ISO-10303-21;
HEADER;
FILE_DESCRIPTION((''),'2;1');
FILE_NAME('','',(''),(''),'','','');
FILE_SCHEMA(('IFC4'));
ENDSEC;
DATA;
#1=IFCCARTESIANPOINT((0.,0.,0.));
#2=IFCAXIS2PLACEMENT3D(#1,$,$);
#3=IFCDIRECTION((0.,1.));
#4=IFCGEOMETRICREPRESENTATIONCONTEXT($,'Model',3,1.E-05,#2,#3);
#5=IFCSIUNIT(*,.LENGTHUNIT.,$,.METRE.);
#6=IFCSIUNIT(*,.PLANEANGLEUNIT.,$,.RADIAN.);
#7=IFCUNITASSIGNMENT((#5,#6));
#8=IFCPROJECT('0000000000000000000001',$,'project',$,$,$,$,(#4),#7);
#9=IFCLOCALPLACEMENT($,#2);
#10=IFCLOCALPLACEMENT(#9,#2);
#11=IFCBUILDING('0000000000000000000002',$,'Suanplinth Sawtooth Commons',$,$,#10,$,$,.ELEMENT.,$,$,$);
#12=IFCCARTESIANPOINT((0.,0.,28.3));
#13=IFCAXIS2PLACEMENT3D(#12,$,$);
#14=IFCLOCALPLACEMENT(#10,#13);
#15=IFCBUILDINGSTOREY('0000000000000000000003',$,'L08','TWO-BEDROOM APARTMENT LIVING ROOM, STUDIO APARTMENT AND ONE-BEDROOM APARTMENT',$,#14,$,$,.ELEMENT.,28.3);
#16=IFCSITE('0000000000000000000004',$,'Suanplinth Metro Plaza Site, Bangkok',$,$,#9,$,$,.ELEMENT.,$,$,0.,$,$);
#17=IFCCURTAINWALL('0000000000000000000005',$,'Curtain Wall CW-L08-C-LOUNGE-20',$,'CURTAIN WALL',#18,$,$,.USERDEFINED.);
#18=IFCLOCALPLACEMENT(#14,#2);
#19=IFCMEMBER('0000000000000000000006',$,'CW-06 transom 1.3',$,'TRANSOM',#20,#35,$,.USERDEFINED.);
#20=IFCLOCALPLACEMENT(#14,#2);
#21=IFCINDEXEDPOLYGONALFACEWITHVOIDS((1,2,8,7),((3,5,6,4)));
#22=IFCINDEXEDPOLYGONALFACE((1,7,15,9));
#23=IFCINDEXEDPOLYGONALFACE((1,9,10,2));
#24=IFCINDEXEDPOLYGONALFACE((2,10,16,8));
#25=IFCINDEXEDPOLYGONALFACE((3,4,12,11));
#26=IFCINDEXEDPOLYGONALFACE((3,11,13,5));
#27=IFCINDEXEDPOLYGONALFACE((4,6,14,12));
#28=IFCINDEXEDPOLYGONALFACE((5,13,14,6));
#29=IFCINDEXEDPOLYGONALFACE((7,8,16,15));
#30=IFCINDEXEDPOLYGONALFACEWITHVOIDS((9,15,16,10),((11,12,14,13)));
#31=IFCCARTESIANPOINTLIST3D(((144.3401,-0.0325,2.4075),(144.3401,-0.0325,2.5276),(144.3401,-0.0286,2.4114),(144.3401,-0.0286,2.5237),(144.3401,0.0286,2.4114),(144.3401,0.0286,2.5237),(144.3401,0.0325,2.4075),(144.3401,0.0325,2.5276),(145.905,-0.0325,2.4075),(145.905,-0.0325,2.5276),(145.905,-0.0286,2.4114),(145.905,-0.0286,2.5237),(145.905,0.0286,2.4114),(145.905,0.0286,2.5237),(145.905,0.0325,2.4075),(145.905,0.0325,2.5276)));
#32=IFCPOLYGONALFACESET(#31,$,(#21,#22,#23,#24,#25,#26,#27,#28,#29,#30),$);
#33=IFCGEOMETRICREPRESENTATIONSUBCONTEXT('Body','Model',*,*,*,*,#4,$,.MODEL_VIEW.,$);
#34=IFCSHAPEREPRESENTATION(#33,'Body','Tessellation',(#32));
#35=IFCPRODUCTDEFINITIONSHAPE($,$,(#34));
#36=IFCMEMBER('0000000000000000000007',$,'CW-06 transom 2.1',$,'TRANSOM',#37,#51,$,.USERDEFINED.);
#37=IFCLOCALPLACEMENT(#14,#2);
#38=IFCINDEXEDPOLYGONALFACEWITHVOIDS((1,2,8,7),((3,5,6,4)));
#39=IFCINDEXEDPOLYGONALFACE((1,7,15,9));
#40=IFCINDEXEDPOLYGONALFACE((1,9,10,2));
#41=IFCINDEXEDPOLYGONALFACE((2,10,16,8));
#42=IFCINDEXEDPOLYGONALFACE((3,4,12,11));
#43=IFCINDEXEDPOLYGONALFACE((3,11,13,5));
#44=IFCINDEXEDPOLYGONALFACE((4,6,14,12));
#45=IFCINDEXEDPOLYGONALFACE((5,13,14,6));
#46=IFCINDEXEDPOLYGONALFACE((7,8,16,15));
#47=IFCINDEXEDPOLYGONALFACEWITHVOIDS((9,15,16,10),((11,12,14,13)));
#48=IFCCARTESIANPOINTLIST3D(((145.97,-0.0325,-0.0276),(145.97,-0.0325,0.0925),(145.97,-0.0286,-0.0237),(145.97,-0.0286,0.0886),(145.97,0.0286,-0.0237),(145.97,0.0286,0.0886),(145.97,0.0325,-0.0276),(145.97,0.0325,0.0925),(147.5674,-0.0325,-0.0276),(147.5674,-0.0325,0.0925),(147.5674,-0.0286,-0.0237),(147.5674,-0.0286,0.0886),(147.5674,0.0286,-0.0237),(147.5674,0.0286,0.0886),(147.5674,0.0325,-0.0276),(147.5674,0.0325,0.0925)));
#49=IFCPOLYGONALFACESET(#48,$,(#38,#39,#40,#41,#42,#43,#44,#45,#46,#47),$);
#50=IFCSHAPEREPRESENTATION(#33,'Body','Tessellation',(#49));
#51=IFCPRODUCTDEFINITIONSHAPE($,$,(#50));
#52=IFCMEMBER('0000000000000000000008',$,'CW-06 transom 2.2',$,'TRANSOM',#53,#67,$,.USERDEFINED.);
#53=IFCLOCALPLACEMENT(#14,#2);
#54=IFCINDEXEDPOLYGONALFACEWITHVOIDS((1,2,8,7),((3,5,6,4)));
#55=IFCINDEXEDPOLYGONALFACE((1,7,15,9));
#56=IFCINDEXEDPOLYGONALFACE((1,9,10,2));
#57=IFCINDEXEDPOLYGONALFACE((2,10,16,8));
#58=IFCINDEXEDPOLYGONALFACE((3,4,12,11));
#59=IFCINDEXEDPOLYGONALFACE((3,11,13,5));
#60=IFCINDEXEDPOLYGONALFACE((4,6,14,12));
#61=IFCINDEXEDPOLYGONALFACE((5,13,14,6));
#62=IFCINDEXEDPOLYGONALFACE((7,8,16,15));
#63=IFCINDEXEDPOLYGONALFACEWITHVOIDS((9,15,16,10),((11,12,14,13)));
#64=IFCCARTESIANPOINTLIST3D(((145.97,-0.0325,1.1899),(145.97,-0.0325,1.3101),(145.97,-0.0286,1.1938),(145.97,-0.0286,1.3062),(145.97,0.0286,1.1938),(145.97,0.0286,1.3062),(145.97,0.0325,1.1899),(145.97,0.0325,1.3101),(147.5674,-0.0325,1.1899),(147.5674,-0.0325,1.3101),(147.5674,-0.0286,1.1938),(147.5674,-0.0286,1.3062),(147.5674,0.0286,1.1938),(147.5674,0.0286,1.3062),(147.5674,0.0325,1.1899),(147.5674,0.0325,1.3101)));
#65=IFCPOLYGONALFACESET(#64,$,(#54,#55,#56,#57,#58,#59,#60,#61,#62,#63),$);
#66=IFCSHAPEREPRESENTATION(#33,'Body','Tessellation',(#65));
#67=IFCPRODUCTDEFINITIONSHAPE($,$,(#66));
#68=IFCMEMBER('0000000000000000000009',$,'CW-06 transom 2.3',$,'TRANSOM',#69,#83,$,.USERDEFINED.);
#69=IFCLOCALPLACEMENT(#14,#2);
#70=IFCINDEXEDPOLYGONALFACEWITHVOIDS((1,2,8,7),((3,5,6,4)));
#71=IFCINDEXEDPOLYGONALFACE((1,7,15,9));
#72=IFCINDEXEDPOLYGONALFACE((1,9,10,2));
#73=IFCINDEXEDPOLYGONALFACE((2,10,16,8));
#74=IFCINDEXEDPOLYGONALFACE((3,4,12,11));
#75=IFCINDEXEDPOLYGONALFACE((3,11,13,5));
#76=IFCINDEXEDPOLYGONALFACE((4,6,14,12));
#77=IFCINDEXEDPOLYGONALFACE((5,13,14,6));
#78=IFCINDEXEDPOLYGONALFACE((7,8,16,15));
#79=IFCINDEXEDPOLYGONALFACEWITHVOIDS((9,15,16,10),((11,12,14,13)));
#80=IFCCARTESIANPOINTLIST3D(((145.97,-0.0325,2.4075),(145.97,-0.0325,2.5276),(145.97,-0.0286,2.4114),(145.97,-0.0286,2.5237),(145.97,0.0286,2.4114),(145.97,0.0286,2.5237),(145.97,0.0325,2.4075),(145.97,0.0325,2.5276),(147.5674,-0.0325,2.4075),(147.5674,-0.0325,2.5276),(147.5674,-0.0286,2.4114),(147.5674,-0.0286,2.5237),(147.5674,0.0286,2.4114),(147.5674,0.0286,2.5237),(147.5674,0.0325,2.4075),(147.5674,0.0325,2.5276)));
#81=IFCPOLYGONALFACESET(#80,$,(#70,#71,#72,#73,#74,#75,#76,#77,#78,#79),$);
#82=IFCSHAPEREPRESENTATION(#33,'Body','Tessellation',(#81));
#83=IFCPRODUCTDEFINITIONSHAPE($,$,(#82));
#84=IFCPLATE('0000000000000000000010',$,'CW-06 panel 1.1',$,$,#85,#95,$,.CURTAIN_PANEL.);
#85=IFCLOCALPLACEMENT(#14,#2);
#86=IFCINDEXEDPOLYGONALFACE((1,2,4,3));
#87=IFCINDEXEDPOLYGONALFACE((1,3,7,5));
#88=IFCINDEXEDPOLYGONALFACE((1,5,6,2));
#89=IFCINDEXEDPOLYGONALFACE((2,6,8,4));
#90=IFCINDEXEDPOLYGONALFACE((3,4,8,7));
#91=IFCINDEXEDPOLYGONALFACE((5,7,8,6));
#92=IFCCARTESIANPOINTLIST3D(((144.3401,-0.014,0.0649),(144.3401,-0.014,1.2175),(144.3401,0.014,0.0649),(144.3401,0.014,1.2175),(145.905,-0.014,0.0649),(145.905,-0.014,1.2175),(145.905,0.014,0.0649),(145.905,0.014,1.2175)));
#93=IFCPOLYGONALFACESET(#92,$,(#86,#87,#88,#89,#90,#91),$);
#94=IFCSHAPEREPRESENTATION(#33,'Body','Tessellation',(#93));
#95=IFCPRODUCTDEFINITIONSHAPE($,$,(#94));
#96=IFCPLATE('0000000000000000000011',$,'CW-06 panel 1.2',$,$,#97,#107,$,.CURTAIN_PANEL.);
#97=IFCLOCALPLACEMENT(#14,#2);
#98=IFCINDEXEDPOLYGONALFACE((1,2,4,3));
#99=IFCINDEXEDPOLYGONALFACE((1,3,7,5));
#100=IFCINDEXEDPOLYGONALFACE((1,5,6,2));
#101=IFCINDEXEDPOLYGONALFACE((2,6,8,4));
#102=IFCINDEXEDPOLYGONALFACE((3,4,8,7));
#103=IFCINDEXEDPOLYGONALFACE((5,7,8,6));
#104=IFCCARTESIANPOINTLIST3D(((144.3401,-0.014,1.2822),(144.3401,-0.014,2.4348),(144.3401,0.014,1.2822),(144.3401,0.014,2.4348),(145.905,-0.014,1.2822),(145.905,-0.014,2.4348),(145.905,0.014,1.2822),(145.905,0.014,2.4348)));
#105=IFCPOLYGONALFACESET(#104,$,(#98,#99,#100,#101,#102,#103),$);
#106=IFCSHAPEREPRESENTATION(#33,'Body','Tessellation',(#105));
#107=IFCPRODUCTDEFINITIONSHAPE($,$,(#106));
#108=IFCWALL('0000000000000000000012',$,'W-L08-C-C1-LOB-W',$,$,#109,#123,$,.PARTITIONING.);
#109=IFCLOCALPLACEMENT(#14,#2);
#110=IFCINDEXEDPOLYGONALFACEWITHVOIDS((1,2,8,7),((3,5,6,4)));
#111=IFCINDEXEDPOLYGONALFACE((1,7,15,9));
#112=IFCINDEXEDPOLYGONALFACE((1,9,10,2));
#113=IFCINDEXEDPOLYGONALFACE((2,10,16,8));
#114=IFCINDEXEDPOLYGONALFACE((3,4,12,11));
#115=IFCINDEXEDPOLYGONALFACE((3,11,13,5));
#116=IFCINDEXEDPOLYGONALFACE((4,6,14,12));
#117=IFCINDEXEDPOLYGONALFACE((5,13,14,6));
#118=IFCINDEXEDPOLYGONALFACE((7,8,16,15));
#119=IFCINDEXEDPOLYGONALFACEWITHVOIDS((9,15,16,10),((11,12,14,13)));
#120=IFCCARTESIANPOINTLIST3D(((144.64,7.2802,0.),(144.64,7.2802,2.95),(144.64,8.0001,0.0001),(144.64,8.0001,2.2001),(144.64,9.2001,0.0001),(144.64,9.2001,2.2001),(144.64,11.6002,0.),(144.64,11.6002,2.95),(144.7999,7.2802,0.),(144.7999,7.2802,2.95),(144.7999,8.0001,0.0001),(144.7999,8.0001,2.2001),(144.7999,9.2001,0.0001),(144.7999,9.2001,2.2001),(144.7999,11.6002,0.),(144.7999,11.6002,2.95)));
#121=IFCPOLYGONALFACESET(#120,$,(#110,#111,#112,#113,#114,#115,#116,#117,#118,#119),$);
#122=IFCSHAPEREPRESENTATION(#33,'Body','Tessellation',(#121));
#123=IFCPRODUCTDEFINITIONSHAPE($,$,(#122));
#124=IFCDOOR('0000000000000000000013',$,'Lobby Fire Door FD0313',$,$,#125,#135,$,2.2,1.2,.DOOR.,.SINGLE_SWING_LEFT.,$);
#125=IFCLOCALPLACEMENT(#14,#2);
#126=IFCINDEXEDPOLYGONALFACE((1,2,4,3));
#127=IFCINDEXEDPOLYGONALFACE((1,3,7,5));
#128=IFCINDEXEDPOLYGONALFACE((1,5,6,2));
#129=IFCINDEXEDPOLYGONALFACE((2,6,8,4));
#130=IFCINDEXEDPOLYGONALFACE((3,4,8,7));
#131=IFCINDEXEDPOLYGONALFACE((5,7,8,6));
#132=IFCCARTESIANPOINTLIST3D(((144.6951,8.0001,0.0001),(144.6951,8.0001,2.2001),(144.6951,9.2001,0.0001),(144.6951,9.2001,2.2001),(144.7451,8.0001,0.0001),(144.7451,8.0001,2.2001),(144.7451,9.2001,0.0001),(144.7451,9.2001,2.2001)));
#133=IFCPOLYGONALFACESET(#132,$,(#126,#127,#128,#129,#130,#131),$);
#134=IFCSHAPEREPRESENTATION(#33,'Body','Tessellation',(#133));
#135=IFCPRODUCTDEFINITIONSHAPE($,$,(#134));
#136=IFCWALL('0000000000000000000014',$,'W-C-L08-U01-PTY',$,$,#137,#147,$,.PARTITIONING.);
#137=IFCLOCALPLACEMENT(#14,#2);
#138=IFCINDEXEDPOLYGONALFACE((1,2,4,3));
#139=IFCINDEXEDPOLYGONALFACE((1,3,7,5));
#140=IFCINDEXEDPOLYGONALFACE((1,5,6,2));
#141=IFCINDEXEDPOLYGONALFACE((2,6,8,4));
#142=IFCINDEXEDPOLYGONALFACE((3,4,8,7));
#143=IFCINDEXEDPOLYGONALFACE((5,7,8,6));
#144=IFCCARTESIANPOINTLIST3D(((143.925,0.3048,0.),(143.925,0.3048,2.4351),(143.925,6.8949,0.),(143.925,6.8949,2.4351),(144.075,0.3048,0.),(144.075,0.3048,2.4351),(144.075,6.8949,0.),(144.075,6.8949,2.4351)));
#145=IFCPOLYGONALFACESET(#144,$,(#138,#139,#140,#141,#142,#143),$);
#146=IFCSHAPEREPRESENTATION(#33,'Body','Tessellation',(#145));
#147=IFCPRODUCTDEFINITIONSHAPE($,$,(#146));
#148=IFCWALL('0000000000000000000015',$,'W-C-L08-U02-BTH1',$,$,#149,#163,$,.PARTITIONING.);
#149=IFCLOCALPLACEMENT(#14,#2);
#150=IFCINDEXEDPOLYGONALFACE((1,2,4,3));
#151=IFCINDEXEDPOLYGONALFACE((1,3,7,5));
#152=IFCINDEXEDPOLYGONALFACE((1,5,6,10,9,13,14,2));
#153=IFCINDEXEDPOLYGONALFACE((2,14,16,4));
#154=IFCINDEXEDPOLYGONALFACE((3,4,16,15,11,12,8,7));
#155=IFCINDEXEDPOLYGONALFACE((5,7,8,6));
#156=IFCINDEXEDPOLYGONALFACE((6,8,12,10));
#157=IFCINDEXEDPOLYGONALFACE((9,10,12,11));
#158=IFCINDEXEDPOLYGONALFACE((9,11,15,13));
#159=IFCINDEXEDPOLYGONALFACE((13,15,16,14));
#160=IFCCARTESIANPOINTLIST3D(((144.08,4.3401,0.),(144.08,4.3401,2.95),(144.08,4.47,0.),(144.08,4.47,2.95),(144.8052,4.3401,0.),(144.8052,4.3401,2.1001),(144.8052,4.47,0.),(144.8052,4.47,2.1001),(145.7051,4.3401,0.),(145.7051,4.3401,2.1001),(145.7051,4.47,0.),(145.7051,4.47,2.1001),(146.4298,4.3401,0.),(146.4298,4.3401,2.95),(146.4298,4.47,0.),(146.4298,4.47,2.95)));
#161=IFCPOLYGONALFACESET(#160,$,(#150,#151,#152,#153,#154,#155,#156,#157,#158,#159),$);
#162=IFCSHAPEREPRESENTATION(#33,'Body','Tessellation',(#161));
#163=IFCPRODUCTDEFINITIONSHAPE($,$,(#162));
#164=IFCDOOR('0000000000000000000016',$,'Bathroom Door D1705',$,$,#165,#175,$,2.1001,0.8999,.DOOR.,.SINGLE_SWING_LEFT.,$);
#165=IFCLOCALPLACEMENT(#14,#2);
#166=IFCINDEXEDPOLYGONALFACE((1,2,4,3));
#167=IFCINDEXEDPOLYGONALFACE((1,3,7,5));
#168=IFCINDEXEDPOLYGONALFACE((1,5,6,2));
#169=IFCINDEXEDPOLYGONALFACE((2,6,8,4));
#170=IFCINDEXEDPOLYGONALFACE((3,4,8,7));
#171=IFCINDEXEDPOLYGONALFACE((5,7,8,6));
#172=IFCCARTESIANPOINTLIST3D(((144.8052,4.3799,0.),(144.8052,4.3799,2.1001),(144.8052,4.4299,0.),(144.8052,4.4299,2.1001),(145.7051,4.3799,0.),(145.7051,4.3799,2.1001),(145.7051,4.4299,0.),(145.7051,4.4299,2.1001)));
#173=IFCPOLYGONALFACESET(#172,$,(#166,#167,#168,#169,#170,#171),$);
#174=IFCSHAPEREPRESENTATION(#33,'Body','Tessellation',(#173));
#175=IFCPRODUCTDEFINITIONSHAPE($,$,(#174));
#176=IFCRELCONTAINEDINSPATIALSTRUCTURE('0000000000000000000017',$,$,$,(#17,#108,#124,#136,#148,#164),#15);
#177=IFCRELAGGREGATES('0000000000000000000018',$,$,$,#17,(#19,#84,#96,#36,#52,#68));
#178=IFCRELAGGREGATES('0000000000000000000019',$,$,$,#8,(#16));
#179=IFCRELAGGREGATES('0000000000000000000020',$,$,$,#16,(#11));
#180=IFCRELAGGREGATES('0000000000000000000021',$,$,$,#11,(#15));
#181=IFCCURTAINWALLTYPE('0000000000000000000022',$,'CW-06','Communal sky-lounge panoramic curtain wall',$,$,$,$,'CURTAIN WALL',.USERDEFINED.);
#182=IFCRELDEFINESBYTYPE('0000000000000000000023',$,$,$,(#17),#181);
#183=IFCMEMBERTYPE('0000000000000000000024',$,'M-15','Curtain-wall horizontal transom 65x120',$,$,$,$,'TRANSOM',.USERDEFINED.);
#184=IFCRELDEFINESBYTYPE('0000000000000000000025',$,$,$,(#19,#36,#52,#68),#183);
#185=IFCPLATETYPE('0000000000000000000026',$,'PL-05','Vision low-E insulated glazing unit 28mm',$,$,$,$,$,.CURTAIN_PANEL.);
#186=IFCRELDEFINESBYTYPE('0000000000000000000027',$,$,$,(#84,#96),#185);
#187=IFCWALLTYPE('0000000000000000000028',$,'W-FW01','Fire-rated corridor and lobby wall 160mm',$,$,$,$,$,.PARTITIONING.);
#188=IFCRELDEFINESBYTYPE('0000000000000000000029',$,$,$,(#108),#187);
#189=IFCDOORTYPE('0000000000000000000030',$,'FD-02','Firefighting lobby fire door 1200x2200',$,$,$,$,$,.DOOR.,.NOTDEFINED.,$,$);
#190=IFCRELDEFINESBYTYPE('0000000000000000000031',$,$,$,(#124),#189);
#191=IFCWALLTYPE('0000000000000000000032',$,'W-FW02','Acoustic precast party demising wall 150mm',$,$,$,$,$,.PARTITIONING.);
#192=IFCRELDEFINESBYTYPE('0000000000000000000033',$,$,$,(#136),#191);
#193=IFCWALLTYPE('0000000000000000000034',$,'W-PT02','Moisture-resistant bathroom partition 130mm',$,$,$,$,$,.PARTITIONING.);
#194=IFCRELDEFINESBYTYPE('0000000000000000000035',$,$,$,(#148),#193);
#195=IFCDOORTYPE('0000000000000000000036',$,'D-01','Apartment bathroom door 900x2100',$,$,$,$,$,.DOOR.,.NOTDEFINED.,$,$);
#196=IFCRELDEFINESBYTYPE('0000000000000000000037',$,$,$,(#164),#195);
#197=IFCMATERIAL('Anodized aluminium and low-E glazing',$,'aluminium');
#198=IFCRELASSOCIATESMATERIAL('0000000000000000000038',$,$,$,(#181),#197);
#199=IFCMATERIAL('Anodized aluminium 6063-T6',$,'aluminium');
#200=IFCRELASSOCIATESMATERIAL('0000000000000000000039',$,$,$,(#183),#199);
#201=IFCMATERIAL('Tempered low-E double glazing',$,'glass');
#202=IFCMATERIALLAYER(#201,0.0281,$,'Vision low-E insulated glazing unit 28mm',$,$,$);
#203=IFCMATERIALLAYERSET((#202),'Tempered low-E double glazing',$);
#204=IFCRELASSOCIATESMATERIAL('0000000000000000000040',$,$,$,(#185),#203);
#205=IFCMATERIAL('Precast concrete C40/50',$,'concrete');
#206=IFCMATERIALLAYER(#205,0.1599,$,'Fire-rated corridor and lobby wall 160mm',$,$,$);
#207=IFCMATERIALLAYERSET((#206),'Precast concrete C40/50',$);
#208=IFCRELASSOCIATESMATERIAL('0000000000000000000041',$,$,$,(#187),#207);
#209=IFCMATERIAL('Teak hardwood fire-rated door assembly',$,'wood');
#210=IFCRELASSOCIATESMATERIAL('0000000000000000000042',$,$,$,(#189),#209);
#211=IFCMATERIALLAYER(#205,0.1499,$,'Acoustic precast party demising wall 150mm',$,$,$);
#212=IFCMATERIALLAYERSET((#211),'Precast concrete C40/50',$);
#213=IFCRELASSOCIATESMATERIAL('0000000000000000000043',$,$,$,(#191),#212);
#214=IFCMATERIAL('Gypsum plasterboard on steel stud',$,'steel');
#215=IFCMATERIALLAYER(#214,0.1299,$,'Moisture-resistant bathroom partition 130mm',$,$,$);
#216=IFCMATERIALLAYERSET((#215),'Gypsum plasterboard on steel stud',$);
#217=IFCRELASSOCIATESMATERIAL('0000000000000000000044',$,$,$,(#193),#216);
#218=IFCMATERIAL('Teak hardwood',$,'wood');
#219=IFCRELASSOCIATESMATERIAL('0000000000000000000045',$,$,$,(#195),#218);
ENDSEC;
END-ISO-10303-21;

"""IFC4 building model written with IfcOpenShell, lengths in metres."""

from ifc_helpers import new_model, si_unit, direction, frame, frame_2d, origin, origin_2d, place, context, subcontext, project, spatial, rectangle, hollow_rectangle, extrude, material, layer, layer_set, material_profile, profile_set, type_object, element, fill, aggregate, save


model = new_model("IFC4")

# Units and contexts
model_context = context("Model", 3, precision=1e-05, world=origin(), true_north=direction((0.0, 1.0)))
body_context = subcontext(model_context, "Body", "Model", "MODEL_VIEW")
ifc_project = project(units=[si_unit("LENGTHUNIT", "METRE"), si_unit("PLANEANGLEUNIT", "RADIAN")], contexts=[model_context])

# Site, building, storey
site_placement = place(None, origin())
site = spatial("IfcSite", under=ifc_project, at=site_placement, Name="Suanplinth Metro Plaza Site, Bangkok", CompositionType="ELEMENT", RefElevation=0.0)
building_placement = place(site_placement, origin())
building = spatial("IfcBuilding", under=site, at=building_placement, Name="Suanplinth Sawtooth Commons", CompositionType="ELEMENT")
storey_placement = place(building_placement, frame((0.0, 0.0, 28.3)))
storey = spatial("IfcBuildingStorey", under=building, at=storey_placement, Name="L08", Description="TWO-BEDROOM APARTMENT LIVING ROOM, STUDIO APARTMENT AND ONE-BEDROOM APARTMENT", CompositionType="ELEMENT", Elevation=28.3)

# Shared definitions
ifc_material_1 = material(Name="Precast concrete C40/50", Category="concrete")

# Curtain wall, members, plates
ifc_material_2 = material(Name="Anodized aluminium and low-E glazing", Category="aluminium")
curtain_wall_type = type_object("IfcCurtainWallType", Name="CW-06", Description="Communal sky-lounge panoramic curtain wall", ElementType="CURTAIN WALL", PredefinedType="USERDEFINED", material=ifc_material_2)
curtain_wall_placement = place(storey_placement, origin())
curtain_wall = element("IfcCurtainWall", 1, at=curtain_wall_placement, inside=storey, type_object=curtain_wall_type, Name="Curtain Wall CW-L08-C-LOUNGE-20", ObjectType="CURTAIN WALL", PredefinedType="USERDEFINED")
ifc_material_3 = material(Name="Anodized aluminium 6063-T6", Category="aluminium")
ifc_material_profile_1 = material_profile(ifc_material_3, hollow_rectangle(XDim=0.0649, YDim=0.1201, WallThickness=0.0039, at=origin_2d()), Name="ALU-TRN 65x120")
ifc_profile_set_1 = profile_set([ifc_material_profile_1], Name="Anodized aluminium 6063-T6")
member_type_1 = type_object("IfcMemberType", Name="M-15", Description="Curtain-wall horizontal transom 65x120", ElementType="TRANSOM", PredefinedType="USERDEFINED", material=ifc_profile_set_1)
member_1_placement = place(storey_placement, frame((144.3401, 0.0, 2.4675), z_axis=(1.0, 0.0, 0.0), x_axis=(0.0, 1.0, 0.0)))
member_1 = element("IfcMember", 2, at=member_1_placement, type_object=member_type_1, Name="CW-06 transom 1.3", ObjectType="TRANSOM", PredefinedType="USERDEFINED", context=body_context, shape_type="SweptSolid", body=[
    extrude(hollow_rectangle(XDim=0.0649, YDim=0.1201, WallThickness=0.0039, at=origin_2d()), origin(), (0.0, 0.0, 1.0), 1.5649),
])
member_2_placement = place(storey_placement, frame((145.97, 0.0, 0.0325), z_axis=(1.0, 0.0, 0.0), x_axis=(0.0, 1.0, 0.0)))
member_2 = element("IfcMember", 3, at=member_2_placement, type_object=member_type_1, Name="CW-06 transom 2.1", ObjectType="TRANSOM", PredefinedType="USERDEFINED", context=body_context, shape_type="SweptSolid", body=[
    extrude(hollow_rectangle(XDim=0.0649, YDim=0.1201, WallThickness=0.0039, at=origin_2d()), origin(), (0.0, 0.0, 1.0), 1.5974),
])
member_3_placement = place(storey_placement, frame((145.97, 0.0, 1.25), z_axis=(1.0, 0.0, 0.0), x_axis=(0.0, 1.0, 0.0)))
member_3 = element("IfcMember", 4, at=member_3_placement, type_object=member_type_1, Name="CW-06 transom 2.2", ObjectType="TRANSOM", PredefinedType="USERDEFINED", context=body_context, shape_type="SweptSolid", body=[
    extrude(hollow_rectangle(XDim=0.0649, YDim=0.1201, WallThickness=0.0039, at=origin_2d()), origin(), (0.0, 0.0, 1.0), 1.5974),
])
member_4_placement = place(storey_placement, frame((145.97, 0.0, 2.4675), z_axis=(1.0, 0.0, 0.0), x_axis=(0.0, 1.0, 0.0)))
member_4 = element("IfcMember", 5, at=member_4_placement, type_object=member_type_1, Name="CW-06 transom 2.3", ObjectType="TRANSOM", PredefinedType="USERDEFINED", context=body_context, shape_type="SweptSolid", body=[
    extrude(hollow_rectangle(XDim=0.0649, YDim=0.1201, WallThickness=0.0039, at=origin_2d()), origin(), (0.0, 0.0, 1.0), 1.5974),
])
ifc_material_4 = material(Name="Tempered low-E double glazing", Category="glass")
ifc_layer_1 = layer(ifc_material_4, 0.0281, Name="Vision low-E insulated glazing unit 28mm")
ifc_layer_set_1 = layer_set([ifc_layer_1], Name="Tempered low-E double glazing")
plate_type = type_object("IfcPlateType", Name="PL-05", Description="Vision low-E insulated glazing unit 28mm", PredefinedType="CURTAIN_PANEL", material=ifc_layer_set_1)
plate_1_placement = place(storey_placement, frame((145.1226, 0.0, 0.0649), z_axis=(0.0, 0.0, 1.0), x_axis=(1.0, 0.0, 0.0)))
plate_1 = element("IfcPlate", 6, at=plate_1_placement, type_object=plate_type, Name="CW-06 panel 1.1", PredefinedType="CURTAIN_PANEL", context=body_context, shape_type="SweptSolid", body=[
    extrude(rectangle(XDim=1.5649, YDim=0.0281, at=origin_2d()), origin(), (0.0, 0.0, 1.0), 1.1526),
])
plate_2_placement = place(storey_placement, frame((145.1226, 0.0, 1.2822), z_axis=(0.0, 0.0, 1.0), x_axis=(1.0, 0.0, 0.0)))
plate_2 = element("IfcPlate", 7, at=plate_2_placement, type_object=plate_type, Name="CW-06 panel 1.2", PredefinedType="CURTAIN_PANEL", context=body_context, shape_type="SweptSolid", body=[
    extrude(rectangle(XDim=1.5649, YDim=0.0281, at=origin_2d()), origin(), (0.0, 0.0, 1.0), 1.1526),
])
aggregate(curtain_wall, [member_1, plate_1, plate_2, member_2, member_3, member_4])

# Wall, opening, door
ifc_layer_2 = layer(ifc_material_1, 0.1599, Name="Fire-rated corridor and lobby wall 160mm")
ifc_layer_set_2 = layer_set([ifc_layer_2], Name="Precast concrete C40/50")
wall_type_1 = type_object("IfcWallType", Name="W-FW01", Description="Fire-rated corridor and lobby wall 160mm", PredefinedType="PARTITIONING", material=ifc_layer_set_2)
wall_1_placement = place(storey_placement, frame((144.72, 7.28, 0.0), z_axis=(0.0, 0.0, 1.0), x_axis=(0.0, 1.0, 0.0)))
wall_1 = element("IfcWall", 8, at=wall_1_placement, inside=storey, type_object=wall_type_1, Name="W-L08-C-C1-LOB-W", PredefinedType="PARTITIONING", context=body_context, shape_type="SweptSolid", body=[
    extrude(rectangle(XDim=4.3201, YDim=0.1599, at=frame_2d((2.1602, 0.0))), origin(), (0.0, 0.0, 1.0), 2.95),
])
opening_1_placement = place(wall_1_placement, frame((0.72, 0.0, 0.0)))
opening_1 = element("IfcOpeningElement", 9, at=opening_1_placement, cuts=wall_1, PredefinedType="OPENING", context=body_context, shape_type="SweptSolid", body=[
    extrude(rectangle(XDim=1.2, YDim=2.2, at=frame_2d((0.6001, 1.1001))), frame((0.0, 0.0947, 0.0), z_axis=(0.0, -1.0, 0.0), x_axis=(1.0, 0.0, 0.0)), (0.0, 0.0, 1.0), 0.1897),
])
ifc_material_5 = material(Name="Teak hardwood fire-rated door assembly", Category="wood")
door_type_1 = type_object("IfcDoorType", Name="FD-02", Description="Firefighting lobby fire door 1200x2200", OperationType="NOTDEFINED", PredefinedType="DOOR", material=ifc_material_5)
door_1_placement = place(opening_1_placement, origin())
door_1 = element("IfcDoor", 10, at=door_1_placement, inside=storey, type_object=door_type_1, Name="Lobby Fire Door FD0313", OperationType="SINGLE_SWING_LEFT", OverallHeight=2.2, OverallWidth=1.2, PredefinedType="DOOR", context=body_context, shape_type="SweptSolid", body=[
    extrude(rectangle(XDim=1.2, YDim=2.2, at=frame_2d((0.6001, 1.1001))), frame((0.0, 0.0249, 0.0), z_axis=(0.0, -1.0, 0.0), x_axis=(1.0, 0.0, 0.0)), (0.0, 0.0, 1.0), 0.05),
])
fill(opening_1, door_1)

# Wall
ifc_layer_3 = layer(ifc_material_1, 0.1499, Name="Acoustic precast party demising wall 150mm")
ifc_layer_set_3 = layer_set([ifc_layer_3], Name="Precast concrete C40/50")
wall_type_2 = type_object("IfcWallType", Name="W-FW02", Description="Acoustic precast party demising wall 150mm", PredefinedType="PARTITIONING", material=ifc_layer_set_3)
wall_2_placement = place(storey_placement, frame((144.0, 0.3049, 0.0), z_axis=(0.0, 0.0, 1.0), x_axis=(0.0, 1.0, 0.0)))
element("IfcWall", 11, at=wall_2_placement, inside=storey, type_object=wall_type_2, Name="W-C-L08-U01-PTY", PredefinedType="PARTITIONING", context=body_context, shape_type="SweptSolid", body=[
    extrude(rectangle(XDim=6.5901, YDim=0.1499, at=frame_2d((3.2949, 0.0))), origin(), (0.0, 0.0, 1.0), 2.4351),
])

# Wall, opening, door
ifc_material_6 = material(Name="Gypsum plasterboard on steel stud", Category="steel")
ifc_layer_4 = layer(ifc_material_6, 0.1299, Name="Moisture-resistant bathroom partition 130mm")
ifc_layer_set_4 = layer_set([ifc_layer_4], Name="Gypsum plasterboard on steel stud")
wall_type_3 = type_object("IfcWallType", Name="W-PT02", Description="Moisture-resistant bathroom partition 130mm", PredefinedType="PARTITIONING", material=ifc_layer_set_4)
wall_3_placement = place(storey_placement, frame((144.0801, 4.405, 0.0), z_axis=(0.0, 0.0, 1.0), x_axis=(1.0, 0.0, 0.0)))
wall_3 = element("IfcWall", 12, at=wall_3_placement, inside=storey, type_object=wall_type_3, Name="W-C-L08-U02-BTH1", PredefinedType="PARTITIONING", context=body_context, shape_type="SweptSolid", body=[
    extrude(rectangle(XDim=2.3499, YDim=0.1299, at=frame_2d((1.1748, 0.0))), origin(), (0.0, 0.0, 1.0), 2.95),
])
opening_2_placement = place(wall_3_placement, frame((0.7251, 0.0, 0.0)))
opening_2 = element("IfcOpeningElement", 13, at=opening_2_placement, cuts=wall_3, PredefinedType="OPENING", context=body_context, shape_type="SweptSolid", body=[
    extrude(rectangle(XDim=0.8999, YDim=2.1001, at=frame_2d((0.45, 1.05))), frame((0.0, 0.0798, 0.0), z_axis=(0.0, -1.0, 0.0), x_axis=(1.0, 0.0, 0.0)), (0.0, 0.0, 1.0), 0.1597),
])
ifc_material_7 = material(Name="Teak hardwood", Category="wood")
door_type_2 = type_object("IfcDoorType", Name="D-01", Description="Apartment bathroom door 900x2100", OperationType="NOTDEFINED", PredefinedType="DOOR", material=ifc_material_7)
door_2_placement = place(opening_2_placement, origin())
door_2 = element("IfcDoor", 14, at=door_2_placement, inside=storey, type_object=door_type_2, Name="Bathroom Door D1705", OperationType="SINGLE_SWING_LEFT", OverallHeight=2.1001, OverallWidth=0.8999, PredefinedType="DOOR", context=body_context, shape_type="SweptSolid", body=[
    extrude(rectangle(XDim=0.8999, YDim=2.1001, at=frame_2d((0.45, 1.05))), frame((0.0, 0.0249, 0.0), z_axis=(0.0, -1.0, 0.0), x_axis=(1.0, 0.0, 0.0)), (0.0, 0.0, 1.0), 0.05),
])
fill(opening_2, door_2)

save(model, "model.ifc")
